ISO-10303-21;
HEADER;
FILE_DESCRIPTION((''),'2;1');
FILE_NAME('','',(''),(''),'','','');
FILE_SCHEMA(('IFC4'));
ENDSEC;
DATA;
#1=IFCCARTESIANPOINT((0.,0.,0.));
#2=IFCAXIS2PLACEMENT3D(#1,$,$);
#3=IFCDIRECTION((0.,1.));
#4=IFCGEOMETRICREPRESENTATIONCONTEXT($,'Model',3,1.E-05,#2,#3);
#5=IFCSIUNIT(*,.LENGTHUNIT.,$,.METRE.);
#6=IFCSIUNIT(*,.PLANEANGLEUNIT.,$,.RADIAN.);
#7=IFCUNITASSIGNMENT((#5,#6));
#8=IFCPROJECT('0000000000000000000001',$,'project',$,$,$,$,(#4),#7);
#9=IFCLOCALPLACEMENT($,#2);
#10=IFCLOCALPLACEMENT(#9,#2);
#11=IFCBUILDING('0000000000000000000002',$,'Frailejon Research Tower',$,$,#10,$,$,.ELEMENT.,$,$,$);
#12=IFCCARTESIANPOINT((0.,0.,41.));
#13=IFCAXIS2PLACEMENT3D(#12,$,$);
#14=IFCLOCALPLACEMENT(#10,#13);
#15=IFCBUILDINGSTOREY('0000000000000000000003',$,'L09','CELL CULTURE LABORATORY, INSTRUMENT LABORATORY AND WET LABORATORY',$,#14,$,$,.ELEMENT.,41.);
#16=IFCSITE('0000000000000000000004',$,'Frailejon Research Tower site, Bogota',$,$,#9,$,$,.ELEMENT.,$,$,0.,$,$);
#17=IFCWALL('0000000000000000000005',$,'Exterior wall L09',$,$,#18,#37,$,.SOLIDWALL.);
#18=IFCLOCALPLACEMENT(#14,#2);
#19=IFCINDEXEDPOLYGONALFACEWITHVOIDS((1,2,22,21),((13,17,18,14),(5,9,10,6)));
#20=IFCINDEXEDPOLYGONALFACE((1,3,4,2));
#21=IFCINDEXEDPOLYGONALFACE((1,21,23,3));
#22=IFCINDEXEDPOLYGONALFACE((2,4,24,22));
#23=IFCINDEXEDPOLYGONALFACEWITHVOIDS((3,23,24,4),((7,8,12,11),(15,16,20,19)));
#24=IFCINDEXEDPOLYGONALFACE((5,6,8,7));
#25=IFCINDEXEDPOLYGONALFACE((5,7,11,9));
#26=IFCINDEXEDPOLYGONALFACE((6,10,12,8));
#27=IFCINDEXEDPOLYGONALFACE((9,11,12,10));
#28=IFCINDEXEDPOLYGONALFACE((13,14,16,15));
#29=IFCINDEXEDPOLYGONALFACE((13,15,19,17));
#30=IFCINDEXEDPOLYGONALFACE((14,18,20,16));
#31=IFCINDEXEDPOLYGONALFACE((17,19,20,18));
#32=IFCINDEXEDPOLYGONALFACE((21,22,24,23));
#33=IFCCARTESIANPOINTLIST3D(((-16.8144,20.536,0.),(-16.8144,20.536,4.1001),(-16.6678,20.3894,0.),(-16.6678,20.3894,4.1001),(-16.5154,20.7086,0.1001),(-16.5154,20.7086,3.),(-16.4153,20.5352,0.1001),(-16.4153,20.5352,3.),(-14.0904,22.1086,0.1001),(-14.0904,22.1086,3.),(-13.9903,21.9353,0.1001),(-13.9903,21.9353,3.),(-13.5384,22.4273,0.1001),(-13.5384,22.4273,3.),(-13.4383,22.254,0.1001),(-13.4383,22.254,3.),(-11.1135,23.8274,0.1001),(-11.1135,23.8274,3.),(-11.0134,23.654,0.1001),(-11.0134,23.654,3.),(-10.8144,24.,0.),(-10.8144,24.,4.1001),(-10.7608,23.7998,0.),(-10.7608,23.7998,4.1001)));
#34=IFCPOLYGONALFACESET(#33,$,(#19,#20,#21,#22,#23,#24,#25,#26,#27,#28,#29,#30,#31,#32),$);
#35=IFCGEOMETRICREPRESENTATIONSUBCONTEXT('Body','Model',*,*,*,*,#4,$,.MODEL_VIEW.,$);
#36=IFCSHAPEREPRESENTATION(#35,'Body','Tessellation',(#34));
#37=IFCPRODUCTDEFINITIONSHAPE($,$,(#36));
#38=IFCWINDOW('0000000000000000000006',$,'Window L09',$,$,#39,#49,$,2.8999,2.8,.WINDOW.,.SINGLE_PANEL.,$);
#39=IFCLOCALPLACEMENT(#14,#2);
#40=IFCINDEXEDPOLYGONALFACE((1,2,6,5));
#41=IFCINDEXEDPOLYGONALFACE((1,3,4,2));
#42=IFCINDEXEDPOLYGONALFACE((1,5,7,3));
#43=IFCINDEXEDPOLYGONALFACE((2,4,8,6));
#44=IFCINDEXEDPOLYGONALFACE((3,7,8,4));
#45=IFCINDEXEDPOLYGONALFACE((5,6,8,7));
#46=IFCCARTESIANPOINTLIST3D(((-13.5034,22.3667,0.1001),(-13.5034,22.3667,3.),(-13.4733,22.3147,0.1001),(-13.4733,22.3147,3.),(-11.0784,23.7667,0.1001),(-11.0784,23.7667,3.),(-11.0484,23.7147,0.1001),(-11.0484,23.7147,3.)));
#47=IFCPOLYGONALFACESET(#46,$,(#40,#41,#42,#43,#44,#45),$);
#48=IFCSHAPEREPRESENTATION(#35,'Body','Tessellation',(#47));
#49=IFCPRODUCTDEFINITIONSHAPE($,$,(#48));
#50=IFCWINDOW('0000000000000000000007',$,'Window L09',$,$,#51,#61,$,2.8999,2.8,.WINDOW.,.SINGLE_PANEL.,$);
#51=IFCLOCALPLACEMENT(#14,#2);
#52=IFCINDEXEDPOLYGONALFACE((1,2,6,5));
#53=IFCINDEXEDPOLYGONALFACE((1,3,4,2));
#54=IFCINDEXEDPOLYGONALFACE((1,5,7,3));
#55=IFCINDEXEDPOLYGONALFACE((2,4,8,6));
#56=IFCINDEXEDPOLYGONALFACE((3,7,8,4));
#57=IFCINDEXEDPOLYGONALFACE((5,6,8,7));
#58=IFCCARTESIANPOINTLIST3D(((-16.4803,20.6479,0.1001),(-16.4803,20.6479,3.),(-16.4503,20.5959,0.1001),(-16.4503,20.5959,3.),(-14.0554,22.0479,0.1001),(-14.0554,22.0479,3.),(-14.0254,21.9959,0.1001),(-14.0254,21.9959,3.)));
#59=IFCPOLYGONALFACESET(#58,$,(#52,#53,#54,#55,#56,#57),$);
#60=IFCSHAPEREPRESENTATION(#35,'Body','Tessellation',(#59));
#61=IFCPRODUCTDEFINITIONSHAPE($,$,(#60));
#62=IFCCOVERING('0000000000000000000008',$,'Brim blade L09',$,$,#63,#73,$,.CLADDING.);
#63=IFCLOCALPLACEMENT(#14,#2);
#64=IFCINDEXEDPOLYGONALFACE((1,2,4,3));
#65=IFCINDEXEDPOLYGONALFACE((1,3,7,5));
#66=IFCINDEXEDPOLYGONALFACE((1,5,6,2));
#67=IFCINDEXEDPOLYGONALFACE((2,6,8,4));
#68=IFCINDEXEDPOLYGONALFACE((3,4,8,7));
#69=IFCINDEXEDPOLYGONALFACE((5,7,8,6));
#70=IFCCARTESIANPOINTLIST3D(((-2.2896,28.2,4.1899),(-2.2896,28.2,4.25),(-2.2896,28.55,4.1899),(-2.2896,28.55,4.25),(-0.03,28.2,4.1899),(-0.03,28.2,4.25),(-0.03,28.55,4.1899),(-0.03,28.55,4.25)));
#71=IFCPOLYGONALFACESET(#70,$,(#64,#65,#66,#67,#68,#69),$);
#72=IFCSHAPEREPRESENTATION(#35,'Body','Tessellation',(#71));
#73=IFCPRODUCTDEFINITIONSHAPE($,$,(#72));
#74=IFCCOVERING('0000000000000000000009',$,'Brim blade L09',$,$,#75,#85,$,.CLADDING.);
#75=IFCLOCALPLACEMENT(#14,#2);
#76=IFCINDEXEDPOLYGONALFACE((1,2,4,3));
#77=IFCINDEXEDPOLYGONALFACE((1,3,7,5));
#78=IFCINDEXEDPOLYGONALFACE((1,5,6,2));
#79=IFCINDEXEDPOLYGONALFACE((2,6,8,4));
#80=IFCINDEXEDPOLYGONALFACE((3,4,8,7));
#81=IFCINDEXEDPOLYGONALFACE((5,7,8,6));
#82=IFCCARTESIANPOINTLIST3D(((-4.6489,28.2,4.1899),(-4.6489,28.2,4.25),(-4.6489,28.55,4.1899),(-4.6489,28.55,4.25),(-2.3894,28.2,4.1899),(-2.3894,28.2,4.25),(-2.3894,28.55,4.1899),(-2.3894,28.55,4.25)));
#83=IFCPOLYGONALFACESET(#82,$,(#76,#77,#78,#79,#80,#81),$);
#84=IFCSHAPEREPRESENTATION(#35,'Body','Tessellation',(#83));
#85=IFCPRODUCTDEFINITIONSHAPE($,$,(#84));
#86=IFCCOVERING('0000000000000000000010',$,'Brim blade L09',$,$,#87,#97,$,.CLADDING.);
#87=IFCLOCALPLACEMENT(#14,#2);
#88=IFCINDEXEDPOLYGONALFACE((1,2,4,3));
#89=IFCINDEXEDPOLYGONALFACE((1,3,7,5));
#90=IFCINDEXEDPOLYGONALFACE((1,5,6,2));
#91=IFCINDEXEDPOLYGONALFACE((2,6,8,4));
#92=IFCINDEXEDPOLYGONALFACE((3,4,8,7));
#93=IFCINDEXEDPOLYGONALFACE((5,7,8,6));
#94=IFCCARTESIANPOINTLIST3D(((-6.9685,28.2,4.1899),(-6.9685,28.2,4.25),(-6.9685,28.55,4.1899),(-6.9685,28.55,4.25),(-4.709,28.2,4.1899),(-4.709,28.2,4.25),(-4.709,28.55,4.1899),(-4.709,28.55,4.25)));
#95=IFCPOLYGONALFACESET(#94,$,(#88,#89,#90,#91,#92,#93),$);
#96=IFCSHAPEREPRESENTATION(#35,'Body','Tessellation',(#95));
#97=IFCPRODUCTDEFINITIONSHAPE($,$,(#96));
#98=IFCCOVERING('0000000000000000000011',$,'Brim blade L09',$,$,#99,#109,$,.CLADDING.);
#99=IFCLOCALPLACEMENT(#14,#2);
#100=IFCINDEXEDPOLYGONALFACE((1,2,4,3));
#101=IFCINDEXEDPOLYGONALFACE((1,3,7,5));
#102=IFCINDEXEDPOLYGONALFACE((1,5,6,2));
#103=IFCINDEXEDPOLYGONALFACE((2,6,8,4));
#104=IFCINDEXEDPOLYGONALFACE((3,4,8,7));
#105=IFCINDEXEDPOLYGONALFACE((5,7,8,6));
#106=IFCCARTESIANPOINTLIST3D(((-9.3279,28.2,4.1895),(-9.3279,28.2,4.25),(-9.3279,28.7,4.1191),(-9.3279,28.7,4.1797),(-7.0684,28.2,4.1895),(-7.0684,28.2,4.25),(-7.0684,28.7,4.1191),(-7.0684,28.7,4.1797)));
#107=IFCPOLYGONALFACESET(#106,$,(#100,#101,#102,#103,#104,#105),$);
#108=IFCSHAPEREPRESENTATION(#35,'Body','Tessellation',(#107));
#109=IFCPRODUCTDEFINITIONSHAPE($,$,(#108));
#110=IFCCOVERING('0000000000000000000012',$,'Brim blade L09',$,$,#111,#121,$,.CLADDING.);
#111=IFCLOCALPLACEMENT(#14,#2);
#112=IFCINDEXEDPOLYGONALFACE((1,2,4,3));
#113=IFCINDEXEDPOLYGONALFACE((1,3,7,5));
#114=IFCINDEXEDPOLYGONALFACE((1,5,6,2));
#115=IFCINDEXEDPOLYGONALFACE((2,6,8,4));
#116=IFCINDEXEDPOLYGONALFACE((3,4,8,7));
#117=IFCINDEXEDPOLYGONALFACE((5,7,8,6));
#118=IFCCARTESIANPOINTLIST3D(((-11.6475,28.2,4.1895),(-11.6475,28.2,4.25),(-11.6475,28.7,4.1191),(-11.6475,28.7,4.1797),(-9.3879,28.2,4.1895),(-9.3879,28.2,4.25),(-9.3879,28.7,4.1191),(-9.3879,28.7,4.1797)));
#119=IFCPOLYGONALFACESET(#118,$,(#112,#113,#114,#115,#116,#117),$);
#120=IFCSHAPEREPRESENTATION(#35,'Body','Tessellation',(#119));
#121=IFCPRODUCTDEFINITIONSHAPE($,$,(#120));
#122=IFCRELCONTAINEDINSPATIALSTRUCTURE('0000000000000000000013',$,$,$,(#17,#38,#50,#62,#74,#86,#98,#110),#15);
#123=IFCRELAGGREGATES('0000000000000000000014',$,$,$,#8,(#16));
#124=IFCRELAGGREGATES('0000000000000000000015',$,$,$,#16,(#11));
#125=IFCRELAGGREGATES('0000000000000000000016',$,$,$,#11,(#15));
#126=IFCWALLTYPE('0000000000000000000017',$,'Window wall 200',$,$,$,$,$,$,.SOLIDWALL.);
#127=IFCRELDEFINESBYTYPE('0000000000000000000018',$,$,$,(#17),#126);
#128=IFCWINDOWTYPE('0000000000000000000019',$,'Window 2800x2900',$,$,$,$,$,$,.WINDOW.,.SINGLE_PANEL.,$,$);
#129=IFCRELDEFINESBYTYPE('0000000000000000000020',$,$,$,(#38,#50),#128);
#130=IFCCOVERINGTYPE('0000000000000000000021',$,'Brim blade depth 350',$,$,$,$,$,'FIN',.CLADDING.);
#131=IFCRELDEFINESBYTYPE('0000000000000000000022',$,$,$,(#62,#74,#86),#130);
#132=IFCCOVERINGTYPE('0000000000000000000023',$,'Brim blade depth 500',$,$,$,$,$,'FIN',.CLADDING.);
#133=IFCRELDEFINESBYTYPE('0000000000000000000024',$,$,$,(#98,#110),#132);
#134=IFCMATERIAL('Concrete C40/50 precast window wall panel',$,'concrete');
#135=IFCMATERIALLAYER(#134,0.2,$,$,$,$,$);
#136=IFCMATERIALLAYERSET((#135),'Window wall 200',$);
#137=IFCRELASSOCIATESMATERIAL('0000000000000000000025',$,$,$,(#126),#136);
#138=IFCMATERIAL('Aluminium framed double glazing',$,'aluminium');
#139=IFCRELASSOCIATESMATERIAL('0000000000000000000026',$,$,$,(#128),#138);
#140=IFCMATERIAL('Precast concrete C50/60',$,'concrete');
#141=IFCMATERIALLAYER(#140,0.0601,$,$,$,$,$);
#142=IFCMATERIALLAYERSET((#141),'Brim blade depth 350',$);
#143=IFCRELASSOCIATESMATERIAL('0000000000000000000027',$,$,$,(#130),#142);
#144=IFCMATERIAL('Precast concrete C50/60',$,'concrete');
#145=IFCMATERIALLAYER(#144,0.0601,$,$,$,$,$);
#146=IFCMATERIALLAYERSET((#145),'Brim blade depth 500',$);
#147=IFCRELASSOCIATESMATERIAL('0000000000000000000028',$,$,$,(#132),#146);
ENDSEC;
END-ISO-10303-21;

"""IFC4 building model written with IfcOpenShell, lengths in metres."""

from ifc_helpers import new_model, si_unit, direction, frame, frame_2d, origin, place, context, subcontext, project, spatial, polyline, rectangle, outline, extrude, material, layer, layer_set, type_object, element, fill, save


model = new_model("IFC4")

# Units and contexts
model_context = context("Model", 3, precision=1e-05, world=origin(), true_north=direction((0.0, 1.0)))
body_context = subcontext(model_context, "Body", "Model", "MODEL_VIEW")
ifc_project = project(units=[si_unit("LENGTHUNIT", "METRE"), si_unit("PLANEANGLEUNIT", "RADIAN")], contexts=[model_context])

# Site, building, storey
site_placement = place(None, origin())
site = spatial("IfcSite", under=ifc_project, at=site_placement, Name="Frailejon Research Tower site, Bogota", CompositionType="ELEMENT", RefElevation=0.0)
building_placement = place(site_placement, origin())
building = spatial("IfcBuilding", under=site, at=building_placement, Name="Frailejon Research Tower", CompositionType="ELEMENT")
storey_placement = place(building_placement, frame((0.0, 0.0, 41.0)))
storey = spatial("IfcBuildingStorey", under=building, at=storey_placement, Name="L09", Description="CELL CULTURE LABORATORY, INSTRUMENT LABORATORY AND WET LABORATORY", CompositionType="ELEMENT", Elevation=41.0)

# Wall, openings, windows
ifc_material_1 = material(Name="Concrete C40/50 precast window wall panel", Category="concrete")
ifc_layer_1 = layer(ifc_material_1, 0.2)
ifc_layer_set_1 = layer_set([ifc_layer_1], Name="Window wall 200")
wall_type_1 = type_object("IfcWallType", Name="Window wall 200", PredefinedType="SOLIDWALL", material=ifc_layer_set_1)
wall_1_placement = place(storey_placement, frame((-10.7876, 23.8999, 0.0), z_axis=(0.0, 0.0, 1.0), x_axis=(-0.866029, -0.499993, 0.0)))
wall_1 = element("IfcWall", 1, at=wall_1_placement, inside=storey, type_object=wall_type_1, Name="Exterior wall L09", PredefinedType="SOLIDWALL", context=body_context, shape_type="SweptSolid", body=[
    extrude(outline(polyline([(-0.0269, -0.1001), (1.1279, -0.1001), (2.2825, -0.1001), (3.4373, -0.1001), (4.592, -0.1001), (5.7466, -0.1001), (6.9014, -0.1001), (6.8477, 0.1001), (5.7109, 0.1001), (4.574, 0.1001), (3.4373, 0.1001), (2.3005, 0.1001), (1.1636, 0.1001), (0.0269, 0.1001), (-0.0269, -0.1001)])), origin(), (0.0, 0.0, 1.0), 4.1001),
])
opening_1_placement = place(wall_1_placement, frame((0.3186, 0.0, 0.1001)))
opening_1 = element("IfcOpeningElement", 2, at=opening_1_placement, cuts=wall_1, PredefinedType="OPENING", context=body_context, shape_type="SweptSolid", body=[
    extrude(rectangle(XDim=2.8, YDim=2.8999, at=frame_2d((1.3999, 1.45))), frame((0.0, 0.1099, 0.0), z_axis=(0.0, -1.0, 0.0), x_axis=(1.0, 0.0, 0.0)), (0.0, 0.0, 1.0), 0.22),
])
opening_2_placement = place(wall_1_placement, frame((3.7561, 0.0, 0.1001)))
opening_2 = element("IfcOpeningElement", 3, at=opening_2_placement, cuts=wall_1, PredefinedType="OPENING", context=body_context, shape_type="SweptSolid", body=[
    extrude(rectangle(XDim=2.8, YDim=2.8999, at=frame_2d((1.3999, 1.45))), frame((0.0, 0.1099, 0.0), z_axis=(0.0, -1.0, 0.0), x_axis=(1.0, 0.0, 0.0)), (0.0, 0.0, 1.0), 0.22),
])
ifc_material_2 = material(Name="Aluminium framed double glazing", Category="aluminium")
window_type = type_object("IfcWindowType", Name="Window 2800x2900", PartitioningType="SINGLE_PANEL", PredefinedType="WINDOW", material=ifc_material_2)
window_1_placement = place(opening_1_placement, origin())
window_1 = element("IfcWindow", 4, at=window_1_placement, inside=storey, type_object=window_type, Name="Window L09", OverallHeight=2.8999, OverallWidth=2.8, PartitioningType="SINGLE_PANEL", PredefinedType="WINDOW", context=body_context, shape_type="SweptSolid", body=[
    extrude(rectangle(XDim=2.8, YDim=2.8999, at=frame_2d((1.3999, 1.45))), frame((0.0, 0.03, 0.0), z_axis=(0.0, -1.0, 0.0), x_axis=(1.0, 0.0, 0.0)), (0.0, 0.0, 1.0), 0.0601),
])
fill(opening_1, window_1)
window_2_placement = place(opening_2_placement, origin())
window_2 = element("IfcWindow", 5, at=window_2_placement, inside=storey, type_object=window_type, Name="Window L09", OverallHeight=2.8999, OverallWidth=2.8, PartitioningType="SINGLE_PANEL", PredefinedType="WINDOW", context=body_context, shape_type="SweptSolid", body=[
    extrude(rectangle(XDim=2.8, YDim=2.8999, at=frame_2d((1.3999, 1.45))), frame((0.0, 0.03, 0.0), z_axis=(0.0, -1.0, 0.0), x_axis=(1.0, 0.0, 0.0)), (0.0, 0.0, 1.0), 0.0601),
])
fill(opening_2, window_2)

# Coverings
ifc_material_3 = material(Name="Precast concrete C50/60", Category="concrete")
ifc_layer_2 = layer(ifc_material_3, 0.0601)
ifc_layer_set_2 = layer_set([ifc_layer_2], Name="Brim blade depth 350")
covering_type_1 = type_object("IfcCoveringType", Name="Brim blade depth 350", ElementType="FIN", PredefinedType="CLADDING", material=ifc_layer_set_2)
for number, where, z_axis, x_axis, name in (
    (6, (-2.2896, 28.2, 4.25), (1.0, 0.0, 0.0), (0.0, 1.0, 0.0), "Brim blade L09"),
    (7, (-4.6489, 28.2, 4.25), (1.0, 0.0, 0.0), (0.0, 1.0, 0.0), "Brim blade L09"),
    (8, (-6.9685, 28.2, 4.25), (1.0, 0.0, 0.0), (0.0, 1.0, 0.0), "Brim blade L09"),
):
    element("IfcCovering", number, at=place(storey_placement, frame(where, z_axis=z_axis, x_axis=x_axis)), inside=storey, type_object=covering_type_1, Name=name, PredefinedType="CLADDING", context=body_context, shape_type="SweptSolid", body=[
        extrude(outline(polyline([(0.0, -0.0601), (0.3501, -0.0601), (0.3501, 0.0), (0.0, 0.0), (0.0, -0.0601)])), origin(), (0.0, 0.0, 1.0), 2.2595),
    ])
ifc_material_4 = material(Name="Precast concrete C50/60", Category="concrete")
ifc_layer_3 = layer(ifc_material_4, 0.0601)
ifc_layer_set_3 = layer_set([ifc_layer_3], Name="Brim blade depth 500")
covering_type_2 = type_object("IfcCoveringType", Name="Brim blade depth 500", ElementType="FIN", PredefinedType="CLADDING", material=ifc_layer_set_3)
for number, where, z_axis, x_axis, name in (
    (9, (-9.3279, 28.2, 4.25), (1.0, 0.0, 0.0), (0.0, 1.0, 0.0), "Brim blade L09"),
    (10, (-11.6475, 28.2, 4.25), (1.0, 0.0, 0.0), (0.0, 1.0, 0.0), "Brim blade L09"),
):
    element("IfcCovering", number, at=place(storey_placement, frame(where, z_axis=z_axis, x_axis=x_axis)), inside=storey, type_object=covering_type_2, Name=name, PredefinedType="CLADDING", context=body_context, shape_type="SweptSolid", body=[
        extrude(outline(polyline([(0.0, -0.0605), (0.5, -0.1309), (0.5, -0.0703), (0.0, 0.0), (0.0, -0.0605)])), origin(), (0.0, 0.0, 1.0), 2.2595),
    ])

save(model, "model.ifc")
